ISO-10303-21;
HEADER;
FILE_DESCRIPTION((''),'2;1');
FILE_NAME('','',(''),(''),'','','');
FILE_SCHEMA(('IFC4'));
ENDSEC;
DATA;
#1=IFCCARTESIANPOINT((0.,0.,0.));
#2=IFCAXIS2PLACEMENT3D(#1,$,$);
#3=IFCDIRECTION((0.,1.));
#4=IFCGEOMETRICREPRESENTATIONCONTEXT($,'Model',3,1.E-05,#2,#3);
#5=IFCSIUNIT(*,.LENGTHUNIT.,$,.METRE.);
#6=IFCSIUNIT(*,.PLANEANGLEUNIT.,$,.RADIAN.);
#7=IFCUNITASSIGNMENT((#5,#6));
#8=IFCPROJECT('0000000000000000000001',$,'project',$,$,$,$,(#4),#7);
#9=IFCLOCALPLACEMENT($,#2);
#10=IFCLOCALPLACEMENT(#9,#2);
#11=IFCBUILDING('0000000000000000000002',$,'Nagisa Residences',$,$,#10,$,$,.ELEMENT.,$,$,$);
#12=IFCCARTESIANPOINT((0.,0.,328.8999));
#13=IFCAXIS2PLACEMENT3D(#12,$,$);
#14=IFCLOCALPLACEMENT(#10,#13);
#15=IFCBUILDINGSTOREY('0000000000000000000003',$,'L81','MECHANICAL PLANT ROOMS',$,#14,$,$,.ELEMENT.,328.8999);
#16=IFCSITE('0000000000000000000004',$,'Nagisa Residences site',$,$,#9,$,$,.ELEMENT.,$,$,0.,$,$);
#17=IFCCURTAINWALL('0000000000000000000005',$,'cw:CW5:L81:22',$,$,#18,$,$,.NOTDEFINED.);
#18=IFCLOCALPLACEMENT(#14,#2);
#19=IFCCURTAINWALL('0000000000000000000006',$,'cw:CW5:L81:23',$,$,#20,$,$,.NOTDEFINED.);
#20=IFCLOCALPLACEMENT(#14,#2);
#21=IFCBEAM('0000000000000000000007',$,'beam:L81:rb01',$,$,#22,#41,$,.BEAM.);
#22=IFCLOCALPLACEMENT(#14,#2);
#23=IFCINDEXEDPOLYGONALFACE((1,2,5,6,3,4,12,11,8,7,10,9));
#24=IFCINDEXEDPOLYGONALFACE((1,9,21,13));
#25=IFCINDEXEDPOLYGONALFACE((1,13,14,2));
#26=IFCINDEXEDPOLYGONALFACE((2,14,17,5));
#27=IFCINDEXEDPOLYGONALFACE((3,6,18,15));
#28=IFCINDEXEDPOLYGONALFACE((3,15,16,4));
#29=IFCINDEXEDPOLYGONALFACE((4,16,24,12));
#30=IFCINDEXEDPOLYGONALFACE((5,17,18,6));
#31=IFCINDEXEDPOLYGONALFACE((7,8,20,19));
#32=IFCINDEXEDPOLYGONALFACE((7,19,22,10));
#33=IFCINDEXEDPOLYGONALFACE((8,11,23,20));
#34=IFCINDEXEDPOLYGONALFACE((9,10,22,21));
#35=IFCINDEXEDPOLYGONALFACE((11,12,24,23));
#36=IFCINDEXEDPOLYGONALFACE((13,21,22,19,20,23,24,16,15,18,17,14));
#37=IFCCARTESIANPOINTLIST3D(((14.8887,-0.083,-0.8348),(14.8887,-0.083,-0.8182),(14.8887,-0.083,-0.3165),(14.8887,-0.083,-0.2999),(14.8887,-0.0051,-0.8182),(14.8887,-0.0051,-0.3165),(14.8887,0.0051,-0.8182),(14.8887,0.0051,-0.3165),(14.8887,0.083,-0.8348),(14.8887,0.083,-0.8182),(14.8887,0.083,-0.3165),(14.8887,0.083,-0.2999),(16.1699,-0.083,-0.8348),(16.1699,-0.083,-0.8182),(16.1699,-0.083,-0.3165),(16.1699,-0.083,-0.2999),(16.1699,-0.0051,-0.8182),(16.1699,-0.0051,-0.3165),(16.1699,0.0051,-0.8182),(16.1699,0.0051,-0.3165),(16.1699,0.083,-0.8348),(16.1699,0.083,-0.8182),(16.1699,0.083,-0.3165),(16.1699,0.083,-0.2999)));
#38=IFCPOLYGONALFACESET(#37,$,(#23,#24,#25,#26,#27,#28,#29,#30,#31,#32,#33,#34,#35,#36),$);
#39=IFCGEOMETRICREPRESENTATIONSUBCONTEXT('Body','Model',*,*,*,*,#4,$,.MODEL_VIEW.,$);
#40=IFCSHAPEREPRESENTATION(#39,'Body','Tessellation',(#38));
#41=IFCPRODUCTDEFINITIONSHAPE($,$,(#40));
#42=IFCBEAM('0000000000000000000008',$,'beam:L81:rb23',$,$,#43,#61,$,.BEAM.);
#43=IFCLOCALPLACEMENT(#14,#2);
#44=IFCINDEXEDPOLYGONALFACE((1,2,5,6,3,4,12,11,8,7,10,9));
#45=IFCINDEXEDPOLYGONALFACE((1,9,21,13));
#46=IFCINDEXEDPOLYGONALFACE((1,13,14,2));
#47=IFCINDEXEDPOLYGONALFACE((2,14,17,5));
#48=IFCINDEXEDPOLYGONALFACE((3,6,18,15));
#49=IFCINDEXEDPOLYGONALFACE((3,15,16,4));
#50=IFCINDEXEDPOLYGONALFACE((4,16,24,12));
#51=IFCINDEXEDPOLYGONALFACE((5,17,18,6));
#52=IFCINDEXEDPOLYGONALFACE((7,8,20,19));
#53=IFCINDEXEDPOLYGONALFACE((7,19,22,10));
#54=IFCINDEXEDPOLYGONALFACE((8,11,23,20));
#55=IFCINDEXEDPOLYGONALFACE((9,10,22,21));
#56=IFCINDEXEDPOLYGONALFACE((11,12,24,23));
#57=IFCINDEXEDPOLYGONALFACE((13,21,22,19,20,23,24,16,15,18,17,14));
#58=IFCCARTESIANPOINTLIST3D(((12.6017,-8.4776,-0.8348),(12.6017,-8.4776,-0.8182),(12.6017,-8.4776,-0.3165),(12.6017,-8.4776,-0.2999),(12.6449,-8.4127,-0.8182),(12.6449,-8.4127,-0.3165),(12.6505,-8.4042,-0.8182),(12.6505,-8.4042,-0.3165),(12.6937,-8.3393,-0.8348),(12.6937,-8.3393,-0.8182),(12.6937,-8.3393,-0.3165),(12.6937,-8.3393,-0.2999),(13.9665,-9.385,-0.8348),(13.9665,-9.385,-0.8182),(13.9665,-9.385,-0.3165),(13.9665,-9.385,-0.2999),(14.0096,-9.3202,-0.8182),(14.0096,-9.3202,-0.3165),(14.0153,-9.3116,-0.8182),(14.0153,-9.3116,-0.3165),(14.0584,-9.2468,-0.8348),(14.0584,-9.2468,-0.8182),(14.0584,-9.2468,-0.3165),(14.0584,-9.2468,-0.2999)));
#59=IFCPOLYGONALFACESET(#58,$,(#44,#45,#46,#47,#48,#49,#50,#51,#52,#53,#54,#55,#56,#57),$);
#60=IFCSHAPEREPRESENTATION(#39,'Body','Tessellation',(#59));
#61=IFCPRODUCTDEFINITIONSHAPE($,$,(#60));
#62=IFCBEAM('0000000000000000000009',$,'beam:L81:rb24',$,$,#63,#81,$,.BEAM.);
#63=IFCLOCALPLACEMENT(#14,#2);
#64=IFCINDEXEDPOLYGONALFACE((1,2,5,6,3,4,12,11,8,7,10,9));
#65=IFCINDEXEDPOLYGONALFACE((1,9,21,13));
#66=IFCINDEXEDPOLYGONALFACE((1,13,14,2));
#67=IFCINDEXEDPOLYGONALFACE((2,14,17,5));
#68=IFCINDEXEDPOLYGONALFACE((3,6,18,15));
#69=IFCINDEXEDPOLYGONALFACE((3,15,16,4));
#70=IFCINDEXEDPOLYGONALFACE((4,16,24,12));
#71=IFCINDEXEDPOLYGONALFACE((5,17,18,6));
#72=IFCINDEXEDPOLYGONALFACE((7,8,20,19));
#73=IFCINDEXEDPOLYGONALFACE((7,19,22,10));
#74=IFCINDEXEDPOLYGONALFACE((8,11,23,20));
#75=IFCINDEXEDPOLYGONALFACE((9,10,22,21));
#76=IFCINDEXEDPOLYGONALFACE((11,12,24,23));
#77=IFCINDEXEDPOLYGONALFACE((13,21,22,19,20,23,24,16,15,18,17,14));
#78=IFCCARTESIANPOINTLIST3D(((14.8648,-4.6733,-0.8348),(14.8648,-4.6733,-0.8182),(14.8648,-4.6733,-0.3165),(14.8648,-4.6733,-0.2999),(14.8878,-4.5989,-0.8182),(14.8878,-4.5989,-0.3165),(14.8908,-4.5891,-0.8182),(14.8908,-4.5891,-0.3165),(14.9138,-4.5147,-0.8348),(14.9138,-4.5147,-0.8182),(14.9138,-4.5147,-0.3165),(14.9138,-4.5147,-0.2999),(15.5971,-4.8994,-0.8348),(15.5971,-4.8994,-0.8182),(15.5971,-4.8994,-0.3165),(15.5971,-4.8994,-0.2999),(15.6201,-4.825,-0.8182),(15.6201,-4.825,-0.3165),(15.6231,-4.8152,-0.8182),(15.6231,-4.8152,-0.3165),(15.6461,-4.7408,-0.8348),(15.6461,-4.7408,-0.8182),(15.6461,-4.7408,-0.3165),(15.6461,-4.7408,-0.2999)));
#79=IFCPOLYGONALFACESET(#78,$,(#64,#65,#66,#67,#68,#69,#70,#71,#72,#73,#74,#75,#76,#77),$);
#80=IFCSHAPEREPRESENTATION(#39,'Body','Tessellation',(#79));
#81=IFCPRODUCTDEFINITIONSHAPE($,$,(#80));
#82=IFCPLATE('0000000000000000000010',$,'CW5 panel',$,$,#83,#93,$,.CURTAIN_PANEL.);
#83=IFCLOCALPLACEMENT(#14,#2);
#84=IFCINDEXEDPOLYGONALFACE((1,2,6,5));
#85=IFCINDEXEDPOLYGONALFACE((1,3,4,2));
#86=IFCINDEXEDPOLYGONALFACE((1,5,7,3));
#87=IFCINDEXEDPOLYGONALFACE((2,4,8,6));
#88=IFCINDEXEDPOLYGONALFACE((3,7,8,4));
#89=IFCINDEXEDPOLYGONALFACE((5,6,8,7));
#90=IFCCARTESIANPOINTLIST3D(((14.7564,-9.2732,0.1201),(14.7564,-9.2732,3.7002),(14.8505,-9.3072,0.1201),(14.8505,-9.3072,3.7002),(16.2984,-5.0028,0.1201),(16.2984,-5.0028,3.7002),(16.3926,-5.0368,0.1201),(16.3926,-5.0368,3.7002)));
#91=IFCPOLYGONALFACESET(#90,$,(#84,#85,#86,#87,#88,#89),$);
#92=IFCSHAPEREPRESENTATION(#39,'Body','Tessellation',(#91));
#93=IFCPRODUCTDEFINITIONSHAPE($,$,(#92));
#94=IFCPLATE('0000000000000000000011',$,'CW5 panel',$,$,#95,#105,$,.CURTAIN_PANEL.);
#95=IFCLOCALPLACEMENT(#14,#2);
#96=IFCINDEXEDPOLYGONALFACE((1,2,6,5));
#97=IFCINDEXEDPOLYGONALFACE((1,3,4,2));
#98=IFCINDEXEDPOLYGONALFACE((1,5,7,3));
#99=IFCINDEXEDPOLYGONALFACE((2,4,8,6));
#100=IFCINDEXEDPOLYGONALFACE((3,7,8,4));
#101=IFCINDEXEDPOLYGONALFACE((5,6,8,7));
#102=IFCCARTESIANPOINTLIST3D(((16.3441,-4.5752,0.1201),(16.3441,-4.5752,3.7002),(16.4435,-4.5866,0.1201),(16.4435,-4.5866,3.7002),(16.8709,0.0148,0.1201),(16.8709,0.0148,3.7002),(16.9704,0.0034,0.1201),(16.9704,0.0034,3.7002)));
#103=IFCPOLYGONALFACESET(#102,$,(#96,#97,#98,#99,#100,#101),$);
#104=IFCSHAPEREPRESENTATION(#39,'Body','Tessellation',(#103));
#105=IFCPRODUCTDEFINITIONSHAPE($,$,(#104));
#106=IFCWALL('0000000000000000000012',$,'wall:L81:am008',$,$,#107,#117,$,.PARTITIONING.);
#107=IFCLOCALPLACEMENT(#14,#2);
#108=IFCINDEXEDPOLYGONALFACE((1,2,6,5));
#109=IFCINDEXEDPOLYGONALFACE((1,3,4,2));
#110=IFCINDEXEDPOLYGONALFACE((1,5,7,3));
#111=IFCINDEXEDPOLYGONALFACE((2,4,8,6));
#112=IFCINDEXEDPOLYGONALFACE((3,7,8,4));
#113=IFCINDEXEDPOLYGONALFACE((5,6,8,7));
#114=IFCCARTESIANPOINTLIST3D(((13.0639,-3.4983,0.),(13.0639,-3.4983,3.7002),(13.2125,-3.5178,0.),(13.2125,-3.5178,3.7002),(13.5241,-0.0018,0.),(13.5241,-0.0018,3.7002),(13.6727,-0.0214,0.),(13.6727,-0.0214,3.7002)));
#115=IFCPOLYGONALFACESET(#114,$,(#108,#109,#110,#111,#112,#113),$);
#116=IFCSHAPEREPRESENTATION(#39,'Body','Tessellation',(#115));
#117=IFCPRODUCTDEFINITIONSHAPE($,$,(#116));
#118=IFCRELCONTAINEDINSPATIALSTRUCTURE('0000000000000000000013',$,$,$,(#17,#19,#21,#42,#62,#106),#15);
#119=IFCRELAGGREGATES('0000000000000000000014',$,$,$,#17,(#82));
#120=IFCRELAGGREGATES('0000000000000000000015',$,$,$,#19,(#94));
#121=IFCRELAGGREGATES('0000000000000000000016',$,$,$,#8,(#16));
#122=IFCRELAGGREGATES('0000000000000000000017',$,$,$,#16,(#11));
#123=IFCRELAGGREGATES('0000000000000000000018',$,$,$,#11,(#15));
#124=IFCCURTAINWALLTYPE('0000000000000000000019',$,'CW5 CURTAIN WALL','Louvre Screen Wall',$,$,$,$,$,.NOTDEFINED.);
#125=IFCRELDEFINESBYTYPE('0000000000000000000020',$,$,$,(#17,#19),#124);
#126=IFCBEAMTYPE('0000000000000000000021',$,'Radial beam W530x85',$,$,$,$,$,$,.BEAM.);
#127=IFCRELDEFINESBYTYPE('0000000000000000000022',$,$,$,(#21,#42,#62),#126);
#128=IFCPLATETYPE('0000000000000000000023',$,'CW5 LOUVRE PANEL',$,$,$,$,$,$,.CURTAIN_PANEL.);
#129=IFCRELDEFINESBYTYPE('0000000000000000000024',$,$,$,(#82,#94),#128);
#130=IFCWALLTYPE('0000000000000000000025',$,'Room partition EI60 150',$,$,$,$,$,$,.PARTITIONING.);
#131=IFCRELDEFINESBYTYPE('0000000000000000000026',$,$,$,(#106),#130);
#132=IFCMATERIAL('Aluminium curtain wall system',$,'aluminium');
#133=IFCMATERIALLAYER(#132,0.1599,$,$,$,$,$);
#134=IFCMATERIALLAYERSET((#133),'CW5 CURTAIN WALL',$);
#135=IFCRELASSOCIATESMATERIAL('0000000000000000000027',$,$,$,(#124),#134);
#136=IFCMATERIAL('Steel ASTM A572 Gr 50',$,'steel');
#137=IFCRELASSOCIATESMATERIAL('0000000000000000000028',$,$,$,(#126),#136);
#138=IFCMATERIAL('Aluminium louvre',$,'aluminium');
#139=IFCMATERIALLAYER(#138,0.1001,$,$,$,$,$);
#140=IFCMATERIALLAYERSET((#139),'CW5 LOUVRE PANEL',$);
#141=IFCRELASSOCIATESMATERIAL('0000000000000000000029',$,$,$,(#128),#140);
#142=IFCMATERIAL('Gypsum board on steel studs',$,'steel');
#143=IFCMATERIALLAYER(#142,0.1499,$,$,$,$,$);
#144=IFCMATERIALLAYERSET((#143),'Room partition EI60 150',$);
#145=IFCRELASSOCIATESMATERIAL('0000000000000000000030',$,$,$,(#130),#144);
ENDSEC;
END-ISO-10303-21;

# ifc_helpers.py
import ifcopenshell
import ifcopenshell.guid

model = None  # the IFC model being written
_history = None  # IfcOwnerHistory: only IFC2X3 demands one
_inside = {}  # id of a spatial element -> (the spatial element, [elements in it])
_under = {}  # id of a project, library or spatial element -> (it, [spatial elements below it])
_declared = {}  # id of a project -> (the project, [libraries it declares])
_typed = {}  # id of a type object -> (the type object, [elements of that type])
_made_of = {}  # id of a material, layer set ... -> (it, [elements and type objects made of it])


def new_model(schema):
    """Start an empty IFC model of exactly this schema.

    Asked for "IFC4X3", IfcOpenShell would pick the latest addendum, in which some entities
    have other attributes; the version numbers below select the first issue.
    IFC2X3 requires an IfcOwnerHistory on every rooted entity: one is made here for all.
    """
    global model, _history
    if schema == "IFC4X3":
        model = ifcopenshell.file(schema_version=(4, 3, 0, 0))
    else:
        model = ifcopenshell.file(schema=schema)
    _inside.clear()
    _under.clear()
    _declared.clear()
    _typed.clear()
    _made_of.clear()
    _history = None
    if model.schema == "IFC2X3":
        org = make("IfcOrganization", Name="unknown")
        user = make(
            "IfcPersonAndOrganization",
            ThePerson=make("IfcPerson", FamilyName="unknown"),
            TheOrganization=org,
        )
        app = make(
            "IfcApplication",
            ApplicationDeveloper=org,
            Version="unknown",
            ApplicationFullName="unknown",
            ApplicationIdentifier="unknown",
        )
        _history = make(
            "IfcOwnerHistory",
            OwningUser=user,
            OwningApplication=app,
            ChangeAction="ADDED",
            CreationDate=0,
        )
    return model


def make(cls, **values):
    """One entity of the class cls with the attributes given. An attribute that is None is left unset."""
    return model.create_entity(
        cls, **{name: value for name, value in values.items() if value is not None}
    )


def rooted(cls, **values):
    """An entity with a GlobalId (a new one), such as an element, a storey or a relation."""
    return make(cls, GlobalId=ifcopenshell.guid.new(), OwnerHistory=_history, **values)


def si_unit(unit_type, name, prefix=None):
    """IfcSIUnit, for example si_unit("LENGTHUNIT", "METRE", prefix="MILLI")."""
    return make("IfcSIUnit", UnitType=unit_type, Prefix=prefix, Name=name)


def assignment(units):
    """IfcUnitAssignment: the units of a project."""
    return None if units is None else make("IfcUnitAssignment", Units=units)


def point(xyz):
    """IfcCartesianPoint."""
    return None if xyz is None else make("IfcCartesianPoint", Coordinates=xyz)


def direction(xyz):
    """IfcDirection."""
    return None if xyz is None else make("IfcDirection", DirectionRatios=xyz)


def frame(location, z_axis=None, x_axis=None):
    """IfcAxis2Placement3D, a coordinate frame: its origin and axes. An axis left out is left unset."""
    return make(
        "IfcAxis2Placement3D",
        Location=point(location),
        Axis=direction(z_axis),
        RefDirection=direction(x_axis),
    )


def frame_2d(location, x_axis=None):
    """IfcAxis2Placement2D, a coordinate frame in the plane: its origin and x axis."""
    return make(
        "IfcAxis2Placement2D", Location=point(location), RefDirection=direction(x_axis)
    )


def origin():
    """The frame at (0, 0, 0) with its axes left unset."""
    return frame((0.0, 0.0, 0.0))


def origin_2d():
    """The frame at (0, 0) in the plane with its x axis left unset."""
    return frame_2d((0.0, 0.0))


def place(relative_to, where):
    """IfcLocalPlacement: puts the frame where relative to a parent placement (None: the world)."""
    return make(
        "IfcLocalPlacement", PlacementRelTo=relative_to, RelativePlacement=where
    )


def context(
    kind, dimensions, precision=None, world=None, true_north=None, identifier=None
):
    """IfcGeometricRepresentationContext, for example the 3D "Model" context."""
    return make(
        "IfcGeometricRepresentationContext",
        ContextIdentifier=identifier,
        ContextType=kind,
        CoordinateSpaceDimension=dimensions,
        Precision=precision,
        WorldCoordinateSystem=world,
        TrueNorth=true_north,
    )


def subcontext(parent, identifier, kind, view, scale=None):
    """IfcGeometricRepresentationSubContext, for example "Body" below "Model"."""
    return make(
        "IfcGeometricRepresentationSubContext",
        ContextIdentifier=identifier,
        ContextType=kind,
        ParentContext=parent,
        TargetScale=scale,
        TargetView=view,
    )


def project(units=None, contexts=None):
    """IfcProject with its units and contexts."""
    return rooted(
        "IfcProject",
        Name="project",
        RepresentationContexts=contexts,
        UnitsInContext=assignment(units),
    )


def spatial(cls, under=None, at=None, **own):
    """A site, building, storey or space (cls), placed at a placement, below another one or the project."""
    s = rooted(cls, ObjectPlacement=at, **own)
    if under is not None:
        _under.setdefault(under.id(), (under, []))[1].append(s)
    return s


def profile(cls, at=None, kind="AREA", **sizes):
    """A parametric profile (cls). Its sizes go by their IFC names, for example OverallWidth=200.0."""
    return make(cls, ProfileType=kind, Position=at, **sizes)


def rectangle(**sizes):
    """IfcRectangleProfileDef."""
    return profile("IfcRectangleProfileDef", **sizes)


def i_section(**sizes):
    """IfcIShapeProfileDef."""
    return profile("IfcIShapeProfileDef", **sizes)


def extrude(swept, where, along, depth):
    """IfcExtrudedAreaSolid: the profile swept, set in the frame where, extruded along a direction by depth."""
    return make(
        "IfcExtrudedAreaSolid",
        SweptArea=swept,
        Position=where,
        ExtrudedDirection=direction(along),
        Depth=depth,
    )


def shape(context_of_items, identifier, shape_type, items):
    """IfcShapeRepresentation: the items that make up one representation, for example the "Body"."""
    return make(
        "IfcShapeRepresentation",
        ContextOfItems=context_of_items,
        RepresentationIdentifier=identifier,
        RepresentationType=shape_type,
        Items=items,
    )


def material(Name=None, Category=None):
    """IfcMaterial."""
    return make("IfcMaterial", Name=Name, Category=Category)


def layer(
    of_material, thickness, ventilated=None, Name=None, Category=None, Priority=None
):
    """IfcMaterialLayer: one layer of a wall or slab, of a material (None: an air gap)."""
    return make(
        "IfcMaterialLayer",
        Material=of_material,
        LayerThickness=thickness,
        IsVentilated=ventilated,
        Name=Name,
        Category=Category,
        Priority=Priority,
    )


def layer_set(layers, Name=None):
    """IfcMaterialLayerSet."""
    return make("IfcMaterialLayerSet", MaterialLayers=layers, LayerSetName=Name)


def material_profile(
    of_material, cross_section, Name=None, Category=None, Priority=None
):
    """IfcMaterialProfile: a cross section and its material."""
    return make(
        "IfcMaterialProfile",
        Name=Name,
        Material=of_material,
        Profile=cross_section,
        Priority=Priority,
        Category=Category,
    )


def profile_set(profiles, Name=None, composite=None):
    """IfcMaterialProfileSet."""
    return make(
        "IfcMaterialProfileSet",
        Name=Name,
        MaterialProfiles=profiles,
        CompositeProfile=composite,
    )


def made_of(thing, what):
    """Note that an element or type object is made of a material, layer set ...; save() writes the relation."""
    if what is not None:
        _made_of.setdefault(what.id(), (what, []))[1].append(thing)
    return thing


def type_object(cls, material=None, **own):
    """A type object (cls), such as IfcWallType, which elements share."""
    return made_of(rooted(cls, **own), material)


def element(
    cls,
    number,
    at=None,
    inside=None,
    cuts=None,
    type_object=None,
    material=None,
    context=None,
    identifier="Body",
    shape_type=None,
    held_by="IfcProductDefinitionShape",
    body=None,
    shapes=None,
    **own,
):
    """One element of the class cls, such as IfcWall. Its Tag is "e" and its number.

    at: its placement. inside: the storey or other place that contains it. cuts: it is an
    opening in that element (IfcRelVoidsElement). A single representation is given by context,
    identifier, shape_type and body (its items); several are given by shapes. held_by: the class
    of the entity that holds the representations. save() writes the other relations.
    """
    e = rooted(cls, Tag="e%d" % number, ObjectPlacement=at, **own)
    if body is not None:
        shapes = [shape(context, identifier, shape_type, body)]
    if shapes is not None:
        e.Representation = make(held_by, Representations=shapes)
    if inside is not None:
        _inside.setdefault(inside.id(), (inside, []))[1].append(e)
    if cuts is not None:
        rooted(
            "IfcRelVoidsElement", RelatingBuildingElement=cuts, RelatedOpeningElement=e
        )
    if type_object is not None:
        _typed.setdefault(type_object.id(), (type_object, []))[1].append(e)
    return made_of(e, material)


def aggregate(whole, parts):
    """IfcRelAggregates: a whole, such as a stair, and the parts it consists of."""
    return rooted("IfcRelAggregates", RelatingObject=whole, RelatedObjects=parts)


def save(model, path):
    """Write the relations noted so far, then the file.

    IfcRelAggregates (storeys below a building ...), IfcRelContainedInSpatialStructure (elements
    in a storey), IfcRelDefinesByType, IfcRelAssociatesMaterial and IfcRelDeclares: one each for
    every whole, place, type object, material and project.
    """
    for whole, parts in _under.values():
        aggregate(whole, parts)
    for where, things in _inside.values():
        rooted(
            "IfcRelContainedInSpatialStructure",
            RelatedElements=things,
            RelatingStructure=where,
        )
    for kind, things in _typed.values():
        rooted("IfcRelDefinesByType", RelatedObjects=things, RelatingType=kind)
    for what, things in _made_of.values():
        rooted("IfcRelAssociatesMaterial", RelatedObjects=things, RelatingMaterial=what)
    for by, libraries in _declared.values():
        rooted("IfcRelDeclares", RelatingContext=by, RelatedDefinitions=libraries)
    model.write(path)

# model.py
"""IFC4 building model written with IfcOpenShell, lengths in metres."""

from ifc_helpers import new_model, si_unit, direction, frame, frame_2d, origin, origin_2d, place, context, subcontext, project, spatial, rectangle, i_section, extrude, material, layer, layer_set, material_profile, profile_set, type_object, element, aggregate, save


model = new_model("IFC4")

# Units and contexts
model_context = context("Model", 3, precision=1e-05, world=origin(), true_north=direction((0.0, 1.0)))
body_context = subcontext(model_context, "Body", "Model", "MODEL_VIEW")
ifc_project = project(units=[si_unit("LENGTHUNIT", "METRE"), si_unit("PLANEANGLEUNIT", "RADIAN")], contexts=[model_context])

# Site, building, storey
site_placement = place(None, origin())
site = spatial("IfcSite", under=ifc_project, at=site_placement, Name="Nagisa Residences site", CompositionType="ELEMENT", RefElevation=0.0)
building_placement = place(site_placement, origin())
building = spatial("IfcBuilding", under=site, at=building_placement, Name="Nagisa Residences", CompositionType="ELEMENT")
storey_placement = place(building_placement, frame((0.0, 0.0, 328.8999)))
storey = spatial("IfcBuildingStorey", under=building, at=storey_placement, Name="L81", Description="MECHANICAL PLANT ROOMS", CompositionType="ELEMENT", Elevation=328.8999)

# Curtain walls
ifc_material_1 = material(Name="Aluminium curtain wall system", Category="aluminium")
ifc_layer_1 = layer(ifc_material_1, 0.1599)
ifc_layer_set_1 = layer_set([ifc_layer_1], Name="CW5 CURTAIN WALL")
curtain_wall_type = type_object("IfcCurtainWallType", Name="CW5 CURTAIN WALL", Description="Louvre Screen Wall", PredefinedType="NOTDEFINED", material=ifc_layer_set_1)
curtain_wall_1_placement = place(storey_placement, origin())
curtain_wall_1 = element("IfcCurtainWall", 1, at=curtain_wall_1_placement, inside=storey, type_object=curtain_wall_type, Name="cw:CW5:L81:22", PredefinedType="NOTDEFINED")
curtain_wall_2_placement = place(storey_placement, origin())
curtain_wall_2 = element("IfcCurtainWall", 2, at=curtain_wall_2_placement, inside=storey, type_object=curtain_wall_type, Name="cw:CW5:L81:23", PredefinedType="NOTDEFINED")

# Beams
ifc_material_2 = material(Name="Steel ASTM A572 Gr 50", Category="steel")
ifc_material_profile_1 = material_profile(ifc_material_2, i_section(OverallWidth=0.166, OverallDepth=0.5349, WebThickness=0.0103, FlangeThickness=0.0166, at=origin_2d()), Name="W530x85")
ifc_profile_set_1 = profile_set([ifc_material_profile_1], Name="Steel ASTM A572 Gr 50")
beam_type_1 = type_object("IfcBeamType", Name="Radial beam W530x85", PredefinedType="BEAM", material=ifc_profile_set_1)
beam_1_placement = place(storey_placement, frame((16.1699, 0.0, -0.5674), z_axis=(-1.0, 0.0, 0.0), x_axis=(0.0, -1.0, 0.0)))
element("IfcBeam", 3, at=beam_1_placement, inside=storey, type_object=beam_type_1, Name="beam:L81:rb01", PredefinedType="BEAM", context=body_context, shape_type="SweptSolid", body=[
    extrude(i_section(OverallWidth=0.166, OverallDepth=0.5349, WebThickness=0.0103, FlangeThickness=0.0166, at=origin_2d()), origin(), (0.0, 0.0, 1.0), 1.2812),
])
beam_2_placement = place(storey_placement, frame((14.0125, -9.3159, -0.5674), z_axis=(-0.832714, 0.553703, 0.0), x_axis=(-0.553703, -0.832714, 0.0)))
element("IfcBeam", 4, at=beam_2_placement, inside=storey, type_object=beam_type_1, Name="beam:L81:rb23", PredefinedType="BEAM", context=body_context, shape_type="SweptSolid", body=[
    extrude(i_section(OverallWidth=0.166, OverallDepth=0.5349, WebThickness=0.0103, FlangeThickness=0.0166, at=origin_2d()), origin(), (0.0, 0.0, 1.0), 1.6389),
])
beam_3_placement = place(storey_placement, frame((15.6216, -4.8201, -0.5674), z_axis=(-0.955489, 0.295026, 0.0), x_axis=(-0.295026, -0.955489, 0.0)))
element("IfcBeam", 5, at=beam_3_placement, inside=storey, type_object=beam_type_1, Name="beam:L81:rb24", PredefinedType="BEAM", context=body_context, shape_type="SweptSolid", body=[
    extrude(i_section(OverallWidth=0.166, OverallDepth=0.5349, WebThickness=0.0103, FlangeThickness=0.0166, at=origin_2d()), origin(), (0.0, 0.0, 1.0), 0.7664),
])

# Plates
ifc_material_3 = material(Name="Aluminium louvre", Category="aluminium")
ifc_layer_2 = layer(ifc_material_3, 0.1001)
ifc_layer_set_2 = layer_set([ifc_layer_2], Name="CW5 LOUVRE PANEL")
plate_type = type_object("IfcPlateType", Name="CW5 LOUVRE PANEL", PredefinedType="CURTAIN_PANEL", material=ifc_layer_set_2)
plate_1_placement = place(storey_placement, frame((15.5745, -7.155, 0.1201), z_axis=(0.0, 0.0, 1.0), x_axis=(0.339643, 0.940554, 0.0)))
plate_1 = element("IfcPlate", 6, at=plate_1_placement, type_object=plate_type, Name="CW5 panel", PredefinedType="CURTAIN_PANEL", context=body_context, shape_type="SweptSolid", body=[
    extrude(rectangle(XDim=4.5403, YDim=0.1001, at=origin_2d()), origin(), (0.0, 0.0, 1.0), 3.5801),
])
aggregate(curtain_wall_1, [plate_1])
plate_2_placement = place(storey_placement, frame((16.6572, -2.2859, 0.1201), z_axis=(0.0, 0.0, 1.0), x_axis=(0.114025, 0.993478, 0.0)))
plate_2 = element("IfcPlate", 7, at=plate_2_placement, type_object=plate_type, Name="CW5 panel", PredefinedType="CURTAIN_PANEL", context=body_context, shape_type="SweptSolid", body=[
    extrude(rectangle(XDim=4.6201, YDim=0.1001, at=origin_2d()), origin(), (0.0, 0.0, 1.0), 3.5801),
])
aggregate(curtain_wall_2, [plate_2])

# Wall
ifc_material_4 = material(Name="Gypsum board on steel studs", Category="steel")
ifc_layer_3 = layer(ifc_material_4, 0.1499)
ifc_layer_set_3 = layer_set([ifc_layer_3], Name="Room partition EI60 150")
wall_type = type_object("IfcWallType", Name="Room partition EI60 150", PredefinedType="PARTITIONING", material=ifc_layer_set_3)
wall_placement = place(storey_placement, frame((13.5984, -0.0117, 0.0), z_axis=(0.0, 0.0, 1.0), x_axis=(-0.130499, -0.991448, 0.0)))
element("IfcWall", 8, at=wall_placement, inside=storey, type_object=wall_type, Name="wall:L81:am008", PredefinedType="PARTITIONING", context=body_context, shape_type="SweptSolid", body=[
    extrude(rectangle(XDim=3.5266, YDim=0.1499, at=frame_2d((1.7632, 0.0))), origin(), (0.0, 0.0, 1.0), 3.7002),
])

save(model, "model.ifc")
